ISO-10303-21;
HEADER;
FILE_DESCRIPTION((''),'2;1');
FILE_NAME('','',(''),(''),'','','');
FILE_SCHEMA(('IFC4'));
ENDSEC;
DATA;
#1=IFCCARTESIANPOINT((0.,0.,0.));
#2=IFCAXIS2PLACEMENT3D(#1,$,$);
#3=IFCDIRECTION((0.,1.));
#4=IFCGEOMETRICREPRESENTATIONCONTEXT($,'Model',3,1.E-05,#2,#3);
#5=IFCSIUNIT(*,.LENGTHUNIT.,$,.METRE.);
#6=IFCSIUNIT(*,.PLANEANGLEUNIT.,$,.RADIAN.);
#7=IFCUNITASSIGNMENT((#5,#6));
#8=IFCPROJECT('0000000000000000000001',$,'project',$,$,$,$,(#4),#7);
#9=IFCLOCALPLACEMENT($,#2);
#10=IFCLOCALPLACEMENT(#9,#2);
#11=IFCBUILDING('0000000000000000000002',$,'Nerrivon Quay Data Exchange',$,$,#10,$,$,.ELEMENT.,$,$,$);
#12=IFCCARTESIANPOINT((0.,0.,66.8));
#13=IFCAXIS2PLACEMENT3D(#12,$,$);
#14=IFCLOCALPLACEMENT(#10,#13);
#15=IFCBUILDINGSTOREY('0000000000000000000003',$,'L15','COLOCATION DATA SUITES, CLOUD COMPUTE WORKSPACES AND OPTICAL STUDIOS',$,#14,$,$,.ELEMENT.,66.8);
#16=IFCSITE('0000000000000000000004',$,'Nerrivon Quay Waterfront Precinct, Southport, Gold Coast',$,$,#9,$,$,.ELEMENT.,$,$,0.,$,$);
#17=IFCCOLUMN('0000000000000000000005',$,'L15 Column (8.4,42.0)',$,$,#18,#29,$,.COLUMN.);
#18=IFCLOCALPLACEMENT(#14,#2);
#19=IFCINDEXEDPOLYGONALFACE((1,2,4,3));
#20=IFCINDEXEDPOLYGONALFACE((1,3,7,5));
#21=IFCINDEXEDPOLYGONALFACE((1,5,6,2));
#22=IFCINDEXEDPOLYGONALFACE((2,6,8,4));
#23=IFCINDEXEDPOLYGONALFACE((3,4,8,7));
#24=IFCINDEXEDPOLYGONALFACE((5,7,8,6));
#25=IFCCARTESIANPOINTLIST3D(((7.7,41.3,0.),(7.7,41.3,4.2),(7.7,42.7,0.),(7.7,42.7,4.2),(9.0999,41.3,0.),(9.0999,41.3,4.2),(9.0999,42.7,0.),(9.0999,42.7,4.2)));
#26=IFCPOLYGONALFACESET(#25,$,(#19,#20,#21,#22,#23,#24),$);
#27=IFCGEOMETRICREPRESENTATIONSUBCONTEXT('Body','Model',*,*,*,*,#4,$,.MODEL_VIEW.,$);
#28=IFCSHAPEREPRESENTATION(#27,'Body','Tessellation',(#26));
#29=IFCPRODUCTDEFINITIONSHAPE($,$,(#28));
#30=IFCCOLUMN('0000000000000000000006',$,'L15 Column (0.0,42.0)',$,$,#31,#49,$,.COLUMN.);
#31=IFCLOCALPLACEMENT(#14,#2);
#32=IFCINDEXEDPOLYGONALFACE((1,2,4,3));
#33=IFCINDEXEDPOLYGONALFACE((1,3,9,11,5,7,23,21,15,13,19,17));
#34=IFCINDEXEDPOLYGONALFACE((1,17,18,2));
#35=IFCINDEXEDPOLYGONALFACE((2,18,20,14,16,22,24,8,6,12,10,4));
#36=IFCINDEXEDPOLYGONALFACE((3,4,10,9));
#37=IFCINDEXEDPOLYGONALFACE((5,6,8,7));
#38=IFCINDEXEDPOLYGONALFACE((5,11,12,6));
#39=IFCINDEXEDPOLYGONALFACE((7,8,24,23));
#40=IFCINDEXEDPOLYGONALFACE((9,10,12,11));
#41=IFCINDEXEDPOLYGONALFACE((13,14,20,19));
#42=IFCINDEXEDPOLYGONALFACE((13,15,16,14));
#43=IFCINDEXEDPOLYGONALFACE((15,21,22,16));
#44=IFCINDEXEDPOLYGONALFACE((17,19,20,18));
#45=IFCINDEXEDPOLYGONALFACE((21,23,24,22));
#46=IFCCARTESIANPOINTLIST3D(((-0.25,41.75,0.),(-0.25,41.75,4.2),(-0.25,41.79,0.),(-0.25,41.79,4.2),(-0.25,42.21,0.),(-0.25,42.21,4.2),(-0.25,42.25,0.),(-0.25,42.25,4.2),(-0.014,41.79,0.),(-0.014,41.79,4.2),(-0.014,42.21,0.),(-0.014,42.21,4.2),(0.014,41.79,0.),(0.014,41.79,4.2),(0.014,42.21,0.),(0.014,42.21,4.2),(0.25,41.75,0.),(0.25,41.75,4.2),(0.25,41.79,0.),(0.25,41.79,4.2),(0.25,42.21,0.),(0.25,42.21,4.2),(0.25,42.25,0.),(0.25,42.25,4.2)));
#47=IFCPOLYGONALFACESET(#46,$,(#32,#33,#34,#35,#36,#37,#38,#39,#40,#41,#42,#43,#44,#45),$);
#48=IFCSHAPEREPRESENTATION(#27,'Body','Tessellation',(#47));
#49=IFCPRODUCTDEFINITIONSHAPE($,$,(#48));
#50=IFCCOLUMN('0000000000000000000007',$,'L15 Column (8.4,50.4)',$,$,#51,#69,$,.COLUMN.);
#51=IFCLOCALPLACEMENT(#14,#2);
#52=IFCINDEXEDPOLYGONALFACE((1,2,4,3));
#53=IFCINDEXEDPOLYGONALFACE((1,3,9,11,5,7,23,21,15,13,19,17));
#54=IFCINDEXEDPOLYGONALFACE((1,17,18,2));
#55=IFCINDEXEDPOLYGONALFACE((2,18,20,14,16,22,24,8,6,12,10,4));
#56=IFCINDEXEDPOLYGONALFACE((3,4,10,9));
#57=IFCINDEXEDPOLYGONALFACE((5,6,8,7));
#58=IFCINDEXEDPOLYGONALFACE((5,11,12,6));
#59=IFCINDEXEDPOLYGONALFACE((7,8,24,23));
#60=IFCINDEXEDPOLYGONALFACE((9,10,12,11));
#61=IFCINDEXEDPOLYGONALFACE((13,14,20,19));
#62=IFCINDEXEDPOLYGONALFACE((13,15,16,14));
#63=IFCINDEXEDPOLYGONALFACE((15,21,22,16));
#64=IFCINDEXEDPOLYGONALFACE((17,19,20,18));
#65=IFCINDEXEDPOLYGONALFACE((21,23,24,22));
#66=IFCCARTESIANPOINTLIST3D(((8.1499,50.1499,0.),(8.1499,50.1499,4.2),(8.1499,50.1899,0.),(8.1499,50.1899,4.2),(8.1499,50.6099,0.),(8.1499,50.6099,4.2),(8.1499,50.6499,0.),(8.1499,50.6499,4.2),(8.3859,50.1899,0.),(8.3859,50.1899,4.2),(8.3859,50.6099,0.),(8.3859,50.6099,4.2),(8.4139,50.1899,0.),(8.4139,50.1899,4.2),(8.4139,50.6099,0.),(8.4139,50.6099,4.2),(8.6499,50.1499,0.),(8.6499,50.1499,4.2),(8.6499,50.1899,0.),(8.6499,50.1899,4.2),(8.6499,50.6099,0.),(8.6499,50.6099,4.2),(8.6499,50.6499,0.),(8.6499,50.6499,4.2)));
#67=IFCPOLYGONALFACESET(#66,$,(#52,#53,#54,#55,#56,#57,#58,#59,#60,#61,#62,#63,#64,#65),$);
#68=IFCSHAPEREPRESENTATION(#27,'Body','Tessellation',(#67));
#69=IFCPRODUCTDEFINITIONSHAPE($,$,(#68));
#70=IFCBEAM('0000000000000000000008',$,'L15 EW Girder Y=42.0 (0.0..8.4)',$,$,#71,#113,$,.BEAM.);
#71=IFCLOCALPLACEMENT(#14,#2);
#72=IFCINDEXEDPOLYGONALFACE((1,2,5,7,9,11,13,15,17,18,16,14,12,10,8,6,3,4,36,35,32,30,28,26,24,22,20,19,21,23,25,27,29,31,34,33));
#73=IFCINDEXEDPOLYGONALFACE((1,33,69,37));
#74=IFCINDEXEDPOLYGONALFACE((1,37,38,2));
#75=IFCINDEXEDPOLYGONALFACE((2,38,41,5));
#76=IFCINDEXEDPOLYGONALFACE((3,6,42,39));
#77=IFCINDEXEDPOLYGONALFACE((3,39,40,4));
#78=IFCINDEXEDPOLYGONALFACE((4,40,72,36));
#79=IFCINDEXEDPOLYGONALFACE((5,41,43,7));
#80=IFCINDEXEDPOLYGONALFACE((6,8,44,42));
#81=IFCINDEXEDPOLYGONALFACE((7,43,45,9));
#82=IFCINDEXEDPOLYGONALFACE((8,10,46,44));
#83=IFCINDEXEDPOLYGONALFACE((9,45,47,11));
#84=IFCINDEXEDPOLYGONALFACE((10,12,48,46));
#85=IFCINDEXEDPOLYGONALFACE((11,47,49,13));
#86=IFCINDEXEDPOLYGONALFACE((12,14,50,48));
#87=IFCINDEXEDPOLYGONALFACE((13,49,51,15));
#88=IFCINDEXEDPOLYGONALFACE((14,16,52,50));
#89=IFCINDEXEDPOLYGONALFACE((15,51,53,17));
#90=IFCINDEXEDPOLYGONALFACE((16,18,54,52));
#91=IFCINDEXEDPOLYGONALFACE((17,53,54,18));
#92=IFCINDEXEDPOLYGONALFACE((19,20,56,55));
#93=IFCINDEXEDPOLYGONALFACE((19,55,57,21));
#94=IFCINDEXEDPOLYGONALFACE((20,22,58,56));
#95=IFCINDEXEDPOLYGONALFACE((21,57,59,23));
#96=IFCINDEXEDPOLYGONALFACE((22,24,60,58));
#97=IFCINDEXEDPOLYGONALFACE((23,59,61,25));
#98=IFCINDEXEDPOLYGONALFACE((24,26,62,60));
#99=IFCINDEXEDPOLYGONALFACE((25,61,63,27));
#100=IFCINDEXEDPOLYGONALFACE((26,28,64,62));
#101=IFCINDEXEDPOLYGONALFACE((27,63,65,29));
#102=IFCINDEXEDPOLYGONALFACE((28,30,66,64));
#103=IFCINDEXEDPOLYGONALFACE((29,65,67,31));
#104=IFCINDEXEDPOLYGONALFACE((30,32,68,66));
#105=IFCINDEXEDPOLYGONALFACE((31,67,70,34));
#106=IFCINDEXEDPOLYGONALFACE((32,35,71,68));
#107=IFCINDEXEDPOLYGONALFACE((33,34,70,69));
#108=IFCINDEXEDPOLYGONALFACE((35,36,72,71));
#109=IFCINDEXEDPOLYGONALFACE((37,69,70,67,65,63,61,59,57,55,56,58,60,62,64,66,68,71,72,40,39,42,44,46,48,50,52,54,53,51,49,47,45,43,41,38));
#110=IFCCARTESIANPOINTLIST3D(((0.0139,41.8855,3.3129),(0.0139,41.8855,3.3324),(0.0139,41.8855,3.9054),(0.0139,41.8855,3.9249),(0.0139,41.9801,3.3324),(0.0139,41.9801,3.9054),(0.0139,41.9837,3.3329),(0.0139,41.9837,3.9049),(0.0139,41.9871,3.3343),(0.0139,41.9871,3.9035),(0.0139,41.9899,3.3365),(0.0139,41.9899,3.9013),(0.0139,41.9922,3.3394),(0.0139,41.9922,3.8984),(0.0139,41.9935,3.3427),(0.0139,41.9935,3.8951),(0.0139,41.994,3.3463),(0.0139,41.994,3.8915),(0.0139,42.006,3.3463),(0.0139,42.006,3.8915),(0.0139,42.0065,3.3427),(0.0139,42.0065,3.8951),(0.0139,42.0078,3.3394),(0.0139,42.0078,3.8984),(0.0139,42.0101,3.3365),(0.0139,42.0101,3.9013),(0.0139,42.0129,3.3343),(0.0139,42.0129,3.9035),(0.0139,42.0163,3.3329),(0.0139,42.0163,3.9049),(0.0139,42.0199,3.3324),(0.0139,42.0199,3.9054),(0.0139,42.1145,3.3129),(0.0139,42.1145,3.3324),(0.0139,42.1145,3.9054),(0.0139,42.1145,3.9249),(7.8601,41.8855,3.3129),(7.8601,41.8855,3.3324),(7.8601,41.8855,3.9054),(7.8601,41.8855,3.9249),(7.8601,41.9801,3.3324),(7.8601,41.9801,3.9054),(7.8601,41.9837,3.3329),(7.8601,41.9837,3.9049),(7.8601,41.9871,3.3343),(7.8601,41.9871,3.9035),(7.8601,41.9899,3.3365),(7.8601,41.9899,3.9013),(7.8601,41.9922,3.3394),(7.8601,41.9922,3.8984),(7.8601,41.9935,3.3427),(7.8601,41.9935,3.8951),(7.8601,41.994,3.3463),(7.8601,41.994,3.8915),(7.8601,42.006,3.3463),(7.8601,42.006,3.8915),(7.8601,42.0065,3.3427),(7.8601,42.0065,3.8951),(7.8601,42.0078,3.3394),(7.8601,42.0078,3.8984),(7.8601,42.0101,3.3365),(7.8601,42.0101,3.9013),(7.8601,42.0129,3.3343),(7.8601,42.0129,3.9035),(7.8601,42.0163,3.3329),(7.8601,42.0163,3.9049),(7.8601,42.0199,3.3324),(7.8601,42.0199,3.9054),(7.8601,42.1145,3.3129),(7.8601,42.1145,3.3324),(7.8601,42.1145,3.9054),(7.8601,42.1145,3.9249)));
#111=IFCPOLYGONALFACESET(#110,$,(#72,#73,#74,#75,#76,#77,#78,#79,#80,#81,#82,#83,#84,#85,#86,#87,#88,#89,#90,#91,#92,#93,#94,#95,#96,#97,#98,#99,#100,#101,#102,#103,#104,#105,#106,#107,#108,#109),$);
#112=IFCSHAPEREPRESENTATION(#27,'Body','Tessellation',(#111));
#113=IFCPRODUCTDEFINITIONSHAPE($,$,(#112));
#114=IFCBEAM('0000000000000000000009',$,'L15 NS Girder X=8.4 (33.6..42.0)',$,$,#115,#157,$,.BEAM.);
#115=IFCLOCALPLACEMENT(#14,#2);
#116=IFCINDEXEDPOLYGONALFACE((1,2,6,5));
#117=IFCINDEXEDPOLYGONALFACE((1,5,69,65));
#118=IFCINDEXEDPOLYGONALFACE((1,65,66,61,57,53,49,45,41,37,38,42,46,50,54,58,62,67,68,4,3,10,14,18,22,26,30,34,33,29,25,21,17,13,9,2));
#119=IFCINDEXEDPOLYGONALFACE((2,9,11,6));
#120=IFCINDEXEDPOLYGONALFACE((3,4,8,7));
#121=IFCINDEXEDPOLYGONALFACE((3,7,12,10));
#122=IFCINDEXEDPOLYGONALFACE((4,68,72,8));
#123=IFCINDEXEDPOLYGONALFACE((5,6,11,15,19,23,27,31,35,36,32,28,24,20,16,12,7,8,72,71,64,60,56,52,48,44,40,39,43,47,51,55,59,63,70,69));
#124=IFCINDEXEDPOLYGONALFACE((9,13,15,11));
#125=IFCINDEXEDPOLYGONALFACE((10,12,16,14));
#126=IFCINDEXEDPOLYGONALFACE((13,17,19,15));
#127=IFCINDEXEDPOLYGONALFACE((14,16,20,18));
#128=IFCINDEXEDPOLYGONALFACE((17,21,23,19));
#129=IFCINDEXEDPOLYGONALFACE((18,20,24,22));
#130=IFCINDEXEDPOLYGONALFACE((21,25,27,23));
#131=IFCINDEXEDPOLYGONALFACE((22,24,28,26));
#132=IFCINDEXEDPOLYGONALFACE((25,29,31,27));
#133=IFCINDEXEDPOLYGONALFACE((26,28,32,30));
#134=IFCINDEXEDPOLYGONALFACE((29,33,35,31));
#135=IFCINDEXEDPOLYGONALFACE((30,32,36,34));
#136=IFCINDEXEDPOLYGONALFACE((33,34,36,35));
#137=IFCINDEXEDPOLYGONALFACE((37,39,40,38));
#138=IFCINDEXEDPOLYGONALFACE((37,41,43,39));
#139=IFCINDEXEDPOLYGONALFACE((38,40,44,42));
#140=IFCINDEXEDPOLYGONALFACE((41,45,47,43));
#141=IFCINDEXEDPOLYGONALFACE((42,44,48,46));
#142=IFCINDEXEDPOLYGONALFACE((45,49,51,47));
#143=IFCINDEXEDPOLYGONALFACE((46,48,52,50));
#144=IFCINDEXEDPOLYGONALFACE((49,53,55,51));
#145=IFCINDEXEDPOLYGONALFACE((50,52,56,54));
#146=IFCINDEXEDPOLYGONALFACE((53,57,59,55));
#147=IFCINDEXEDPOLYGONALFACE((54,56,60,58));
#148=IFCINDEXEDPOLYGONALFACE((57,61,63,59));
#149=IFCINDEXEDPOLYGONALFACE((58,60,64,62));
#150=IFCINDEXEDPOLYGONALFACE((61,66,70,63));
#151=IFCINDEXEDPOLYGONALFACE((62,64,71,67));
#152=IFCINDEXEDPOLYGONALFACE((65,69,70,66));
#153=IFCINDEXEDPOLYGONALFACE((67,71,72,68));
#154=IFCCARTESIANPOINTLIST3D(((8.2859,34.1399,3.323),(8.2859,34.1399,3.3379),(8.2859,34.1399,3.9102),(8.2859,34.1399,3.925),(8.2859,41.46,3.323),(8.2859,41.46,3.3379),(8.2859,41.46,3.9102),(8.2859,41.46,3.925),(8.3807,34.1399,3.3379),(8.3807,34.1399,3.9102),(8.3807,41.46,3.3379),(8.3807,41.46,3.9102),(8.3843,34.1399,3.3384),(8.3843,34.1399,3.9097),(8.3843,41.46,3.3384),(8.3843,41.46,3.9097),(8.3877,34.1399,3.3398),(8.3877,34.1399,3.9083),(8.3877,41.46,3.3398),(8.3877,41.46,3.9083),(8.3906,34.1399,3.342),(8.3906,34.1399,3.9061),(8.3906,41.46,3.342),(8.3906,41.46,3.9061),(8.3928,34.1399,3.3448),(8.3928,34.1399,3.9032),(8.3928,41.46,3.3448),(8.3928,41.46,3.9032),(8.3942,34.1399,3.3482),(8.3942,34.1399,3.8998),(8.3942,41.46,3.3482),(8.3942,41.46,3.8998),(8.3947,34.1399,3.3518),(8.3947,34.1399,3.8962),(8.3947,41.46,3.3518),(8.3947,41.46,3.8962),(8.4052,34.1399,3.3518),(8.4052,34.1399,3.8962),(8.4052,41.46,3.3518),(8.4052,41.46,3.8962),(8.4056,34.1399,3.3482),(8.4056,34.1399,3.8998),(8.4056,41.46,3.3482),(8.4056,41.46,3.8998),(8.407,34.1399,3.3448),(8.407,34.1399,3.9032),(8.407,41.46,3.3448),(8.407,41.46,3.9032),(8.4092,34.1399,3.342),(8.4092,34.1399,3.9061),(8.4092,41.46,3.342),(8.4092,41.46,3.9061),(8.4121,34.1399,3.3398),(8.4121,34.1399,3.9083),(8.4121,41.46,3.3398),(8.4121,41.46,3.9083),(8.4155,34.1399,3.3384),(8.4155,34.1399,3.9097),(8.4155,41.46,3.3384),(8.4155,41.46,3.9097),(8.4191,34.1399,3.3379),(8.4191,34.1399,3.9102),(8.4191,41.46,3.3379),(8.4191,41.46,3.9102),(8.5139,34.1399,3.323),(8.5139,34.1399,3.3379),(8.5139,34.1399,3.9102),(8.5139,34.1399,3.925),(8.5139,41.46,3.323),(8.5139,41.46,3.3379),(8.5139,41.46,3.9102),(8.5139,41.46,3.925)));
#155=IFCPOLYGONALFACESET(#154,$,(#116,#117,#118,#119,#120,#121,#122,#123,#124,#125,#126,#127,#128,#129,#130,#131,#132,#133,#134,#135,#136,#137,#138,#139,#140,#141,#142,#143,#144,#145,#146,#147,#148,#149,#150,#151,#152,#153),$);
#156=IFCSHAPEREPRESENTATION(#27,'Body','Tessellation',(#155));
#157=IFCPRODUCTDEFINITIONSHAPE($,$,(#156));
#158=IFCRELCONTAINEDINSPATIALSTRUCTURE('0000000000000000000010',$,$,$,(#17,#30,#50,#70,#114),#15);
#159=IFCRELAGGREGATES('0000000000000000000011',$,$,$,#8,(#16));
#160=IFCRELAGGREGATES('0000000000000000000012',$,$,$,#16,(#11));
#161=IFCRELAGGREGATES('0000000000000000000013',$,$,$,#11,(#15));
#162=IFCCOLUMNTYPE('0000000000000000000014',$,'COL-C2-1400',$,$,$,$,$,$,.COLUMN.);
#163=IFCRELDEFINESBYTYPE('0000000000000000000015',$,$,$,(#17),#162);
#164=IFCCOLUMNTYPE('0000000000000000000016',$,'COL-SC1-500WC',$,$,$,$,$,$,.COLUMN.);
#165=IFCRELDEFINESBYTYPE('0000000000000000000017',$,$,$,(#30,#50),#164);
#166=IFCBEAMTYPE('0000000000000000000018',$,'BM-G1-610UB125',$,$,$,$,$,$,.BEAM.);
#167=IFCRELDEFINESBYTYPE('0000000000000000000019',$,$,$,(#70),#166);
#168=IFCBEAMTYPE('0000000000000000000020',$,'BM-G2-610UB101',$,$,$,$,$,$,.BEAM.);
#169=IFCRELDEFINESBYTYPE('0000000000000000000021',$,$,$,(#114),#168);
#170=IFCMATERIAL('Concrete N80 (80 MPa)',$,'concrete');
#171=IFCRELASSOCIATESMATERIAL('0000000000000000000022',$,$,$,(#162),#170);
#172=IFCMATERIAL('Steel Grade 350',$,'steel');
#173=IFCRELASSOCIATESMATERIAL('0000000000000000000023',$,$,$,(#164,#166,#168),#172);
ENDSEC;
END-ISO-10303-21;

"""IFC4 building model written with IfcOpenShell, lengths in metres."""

from ifc_helpers import new_model, si_unit, direction, frame, origin, origin_2d, place, context, subcontext, project, spatial, rectangle, i_section, extrude, material, material_profile, profile_set, type_object, element, save


model = new_model("IFC4")

# Units and contexts
model_context = context("Model", 3, precision=1e-05, world=origin(), true_north=direction((0.0, 1.0)))
body_context = subcontext(model_context, "Body", "Model", "MODEL_VIEW")
ifc_project = project(units=[si_unit("LENGTHUNIT", "METRE"), si_unit("PLANEANGLEUNIT", "RADIAN")], contexts=[model_context])

# Site, building, storey
site_placement = place(None, origin())
site = spatial("IfcSite", under=ifc_project, at=site_placement, Name="Nerrivon Quay Waterfront Precinct, Southport, Gold Coast", CompositionType="ELEMENT", RefElevation=0.0)
building_placement = place(site_placement, origin())
building = spatial("IfcBuilding", under=site, at=building_placement, Name="Nerrivon Quay Data Exchange", CompositionType="ELEMENT")
storey_placement = place(building_placement, frame((0.0, 0.0, 66.8)))
storey = spatial("IfcBuildingStorey", under=building, at=storey_placement, Name="L15", Description="COLOCATION DATA SUITES, CLOUD COMPUTE WORKSPACES AND OPTICAL STUDIOS", CompositionType="ELEMENT", Elevation=66.8)

# Columns
ifc_material_1 = material(Name="Concrete N80 (80 MPa)", Category="concrete")
ifc_material_profile_1 = material_profile(ifc_material_1, rectangle(XDim=1.3999, YDim=1.3999, at=origin_2d()), Name="RC-COL-1400x1400")
ifc_profile_set_1 = profile_set([ifc_material_profile_1], Name="Concrete N80 (80 MPa)")
column_type_1 = type_object("IfcColumnType", Name="COL-C2-1400", PredefinedType="COLUMN", material=ifc_profile_set_1)
column_placement = place(storey_placement, frame((8.3999, 42.0, 0.0), z_axis=(0.0, 0.0, 1.0), x_axis=(1.0, 0.0, 0.0)))
element("IfcColumn", 1, at=column_placement, inside=storey, type_object=column_type_1, Name="L15 Column (8.4,42.0)", PredefinedType="COLUMN", context=body_context, shape_type="SweptSolid", body=[
    extrude(rectangle(XDim=1.3999, YDim=1.3999, at=origin_2d()), origin(), (0.0, 0.0, 1.0), 4.2),
])
ifc_material_2 = material(Name="Steel Grade 350", Category="steel")
ifc_material_profile_2 = material_profile(ifc_material_2, i_section(OverallWidth=0.5, OverallDepth=0.5, WebThickness=0.0281, FlangeThickness=0.04, at=origin_2d()), Name="500WC440")
ifc_profile_set_2 = profile_set([ifc_material_profile_2], Name="Steel Grade 350")
column_type_2 = type_object("IfcColumnType", Name="COL-SC1-500WC", PredefinedType="COLUMN", material=ifc_profile_set_2)
for number, where, z_axis, x_axis, name in (
    (2, (0.0, 42.0, 0.0), (0.0, 0.0, 1.0), (1.0, 0.0, 0.0), "L15 Column (0.0,42.0)"),
    (3, (8.3999, 50.3999, 0.0), (0.0, 0.0, 1.0), (1.0, 0.0, 0.0), "L15 Column (8.4,50.4)"),
):
    element("IfcColumn", number, at=place(storey_placement, frame(where, z_axis=z_axis, x_axis=x_axis)), inside=storey, type_object=column_type_2, Name=name, PredefinedType="COLUMN", context=body_context, shape_type="SweptSolid", body=[
        extrude(i_section(OverallWidth=0.5, OverallDepth=0.5, WebThickness=0.0281, FlangeThickness=0.04, at=origin_2d()), origin(), (0.0, 0.0, 1.0), 4.2),
    ])

# Beams
ifc_material_profile_3 = material_profile(ifc_material_2, i_section(OverallWidth=0.229, OverallDepth=0.6121, WebThickness=0.012, FlangeThickness=0.0195, FilletRadius=0.0139, at=origin_2d()), Name="610UB125")
ifc_profile_set_3 = profile_set([ifc_material_profile_3], Name="Steel Grade 350")
beam_type_1 = type_object("IfcBeamType", Name="BM-G1-610UB125", PredefinedType="BEAM", material=ifc_profile_set_3)
beam_1_placement = place(storey_placement, frame((0.0139, 42.0, 3.6189), z_axis=(1.0, 0.0, 0.0), x_axis=(0.0, 1.0, 0.0)))
element("IfcBeam", 4, at=beam_1_placement, inside=storey, type_object=beam_type_1, Name="L15 EW Girder Y=42.0 (0.0..8.4)", PredefinedType="BEAM", context=body_context, shape_type="SweptSolid", body=[
    extrude(i_section(OverallWidth=0.229, OverallDepth=0.6121, WebThickness=0.012, FlangeThickness=0.0195, FilletRadius=0.0139, at=origin_2d()), origin(), (0.0, 0.0, 1.0), 7.8462),
])
ifc_material_profile_4 = material_profile(ifc_material_2, i_section(OverallWidth=0.228, OverallDepth=0.6021, WebThickness=0.0105, FlangeThickness=0.0149, FilletRadius=0.0139, at=origin_2d()), Name="610UB101")
ifc_profile_set_4 = profile_set([ifc_material_profile_4], Name="Steel Grade 350")
beam_type_2 = type_object("IfcBeamType", Name="BM-G2-610UB101", PredefinedType="BEAM", material=ifc_profile_set_4)
beam_2_placement = place(storey_placement, frame((8.3999, 34.1399, 3.624), z_axis=(0.0, 1.0, 0.0), x_axis=(-1.0, 0.0, 0.0)))
element("IfcBeam", 5, at=beam_2_placement, inside=storey, type_object=beam_type_2, Name="L15 NS Girder X=8.4 (33.6..42.0)", PredefinedType="BEAM", context=body_context, shape_type="SweptSolid", body=[
    extrude(i_section(OverallWidth=0.228, OverallDepth=0.6021, WebThickness=0.0105, FlangeThickness=0.0149, FilletRadius=0.0139, at=origin_2d()), origin(), (0.0, 0.0, 1.0), 7.3201),
])

save(model, "model.ifc")
